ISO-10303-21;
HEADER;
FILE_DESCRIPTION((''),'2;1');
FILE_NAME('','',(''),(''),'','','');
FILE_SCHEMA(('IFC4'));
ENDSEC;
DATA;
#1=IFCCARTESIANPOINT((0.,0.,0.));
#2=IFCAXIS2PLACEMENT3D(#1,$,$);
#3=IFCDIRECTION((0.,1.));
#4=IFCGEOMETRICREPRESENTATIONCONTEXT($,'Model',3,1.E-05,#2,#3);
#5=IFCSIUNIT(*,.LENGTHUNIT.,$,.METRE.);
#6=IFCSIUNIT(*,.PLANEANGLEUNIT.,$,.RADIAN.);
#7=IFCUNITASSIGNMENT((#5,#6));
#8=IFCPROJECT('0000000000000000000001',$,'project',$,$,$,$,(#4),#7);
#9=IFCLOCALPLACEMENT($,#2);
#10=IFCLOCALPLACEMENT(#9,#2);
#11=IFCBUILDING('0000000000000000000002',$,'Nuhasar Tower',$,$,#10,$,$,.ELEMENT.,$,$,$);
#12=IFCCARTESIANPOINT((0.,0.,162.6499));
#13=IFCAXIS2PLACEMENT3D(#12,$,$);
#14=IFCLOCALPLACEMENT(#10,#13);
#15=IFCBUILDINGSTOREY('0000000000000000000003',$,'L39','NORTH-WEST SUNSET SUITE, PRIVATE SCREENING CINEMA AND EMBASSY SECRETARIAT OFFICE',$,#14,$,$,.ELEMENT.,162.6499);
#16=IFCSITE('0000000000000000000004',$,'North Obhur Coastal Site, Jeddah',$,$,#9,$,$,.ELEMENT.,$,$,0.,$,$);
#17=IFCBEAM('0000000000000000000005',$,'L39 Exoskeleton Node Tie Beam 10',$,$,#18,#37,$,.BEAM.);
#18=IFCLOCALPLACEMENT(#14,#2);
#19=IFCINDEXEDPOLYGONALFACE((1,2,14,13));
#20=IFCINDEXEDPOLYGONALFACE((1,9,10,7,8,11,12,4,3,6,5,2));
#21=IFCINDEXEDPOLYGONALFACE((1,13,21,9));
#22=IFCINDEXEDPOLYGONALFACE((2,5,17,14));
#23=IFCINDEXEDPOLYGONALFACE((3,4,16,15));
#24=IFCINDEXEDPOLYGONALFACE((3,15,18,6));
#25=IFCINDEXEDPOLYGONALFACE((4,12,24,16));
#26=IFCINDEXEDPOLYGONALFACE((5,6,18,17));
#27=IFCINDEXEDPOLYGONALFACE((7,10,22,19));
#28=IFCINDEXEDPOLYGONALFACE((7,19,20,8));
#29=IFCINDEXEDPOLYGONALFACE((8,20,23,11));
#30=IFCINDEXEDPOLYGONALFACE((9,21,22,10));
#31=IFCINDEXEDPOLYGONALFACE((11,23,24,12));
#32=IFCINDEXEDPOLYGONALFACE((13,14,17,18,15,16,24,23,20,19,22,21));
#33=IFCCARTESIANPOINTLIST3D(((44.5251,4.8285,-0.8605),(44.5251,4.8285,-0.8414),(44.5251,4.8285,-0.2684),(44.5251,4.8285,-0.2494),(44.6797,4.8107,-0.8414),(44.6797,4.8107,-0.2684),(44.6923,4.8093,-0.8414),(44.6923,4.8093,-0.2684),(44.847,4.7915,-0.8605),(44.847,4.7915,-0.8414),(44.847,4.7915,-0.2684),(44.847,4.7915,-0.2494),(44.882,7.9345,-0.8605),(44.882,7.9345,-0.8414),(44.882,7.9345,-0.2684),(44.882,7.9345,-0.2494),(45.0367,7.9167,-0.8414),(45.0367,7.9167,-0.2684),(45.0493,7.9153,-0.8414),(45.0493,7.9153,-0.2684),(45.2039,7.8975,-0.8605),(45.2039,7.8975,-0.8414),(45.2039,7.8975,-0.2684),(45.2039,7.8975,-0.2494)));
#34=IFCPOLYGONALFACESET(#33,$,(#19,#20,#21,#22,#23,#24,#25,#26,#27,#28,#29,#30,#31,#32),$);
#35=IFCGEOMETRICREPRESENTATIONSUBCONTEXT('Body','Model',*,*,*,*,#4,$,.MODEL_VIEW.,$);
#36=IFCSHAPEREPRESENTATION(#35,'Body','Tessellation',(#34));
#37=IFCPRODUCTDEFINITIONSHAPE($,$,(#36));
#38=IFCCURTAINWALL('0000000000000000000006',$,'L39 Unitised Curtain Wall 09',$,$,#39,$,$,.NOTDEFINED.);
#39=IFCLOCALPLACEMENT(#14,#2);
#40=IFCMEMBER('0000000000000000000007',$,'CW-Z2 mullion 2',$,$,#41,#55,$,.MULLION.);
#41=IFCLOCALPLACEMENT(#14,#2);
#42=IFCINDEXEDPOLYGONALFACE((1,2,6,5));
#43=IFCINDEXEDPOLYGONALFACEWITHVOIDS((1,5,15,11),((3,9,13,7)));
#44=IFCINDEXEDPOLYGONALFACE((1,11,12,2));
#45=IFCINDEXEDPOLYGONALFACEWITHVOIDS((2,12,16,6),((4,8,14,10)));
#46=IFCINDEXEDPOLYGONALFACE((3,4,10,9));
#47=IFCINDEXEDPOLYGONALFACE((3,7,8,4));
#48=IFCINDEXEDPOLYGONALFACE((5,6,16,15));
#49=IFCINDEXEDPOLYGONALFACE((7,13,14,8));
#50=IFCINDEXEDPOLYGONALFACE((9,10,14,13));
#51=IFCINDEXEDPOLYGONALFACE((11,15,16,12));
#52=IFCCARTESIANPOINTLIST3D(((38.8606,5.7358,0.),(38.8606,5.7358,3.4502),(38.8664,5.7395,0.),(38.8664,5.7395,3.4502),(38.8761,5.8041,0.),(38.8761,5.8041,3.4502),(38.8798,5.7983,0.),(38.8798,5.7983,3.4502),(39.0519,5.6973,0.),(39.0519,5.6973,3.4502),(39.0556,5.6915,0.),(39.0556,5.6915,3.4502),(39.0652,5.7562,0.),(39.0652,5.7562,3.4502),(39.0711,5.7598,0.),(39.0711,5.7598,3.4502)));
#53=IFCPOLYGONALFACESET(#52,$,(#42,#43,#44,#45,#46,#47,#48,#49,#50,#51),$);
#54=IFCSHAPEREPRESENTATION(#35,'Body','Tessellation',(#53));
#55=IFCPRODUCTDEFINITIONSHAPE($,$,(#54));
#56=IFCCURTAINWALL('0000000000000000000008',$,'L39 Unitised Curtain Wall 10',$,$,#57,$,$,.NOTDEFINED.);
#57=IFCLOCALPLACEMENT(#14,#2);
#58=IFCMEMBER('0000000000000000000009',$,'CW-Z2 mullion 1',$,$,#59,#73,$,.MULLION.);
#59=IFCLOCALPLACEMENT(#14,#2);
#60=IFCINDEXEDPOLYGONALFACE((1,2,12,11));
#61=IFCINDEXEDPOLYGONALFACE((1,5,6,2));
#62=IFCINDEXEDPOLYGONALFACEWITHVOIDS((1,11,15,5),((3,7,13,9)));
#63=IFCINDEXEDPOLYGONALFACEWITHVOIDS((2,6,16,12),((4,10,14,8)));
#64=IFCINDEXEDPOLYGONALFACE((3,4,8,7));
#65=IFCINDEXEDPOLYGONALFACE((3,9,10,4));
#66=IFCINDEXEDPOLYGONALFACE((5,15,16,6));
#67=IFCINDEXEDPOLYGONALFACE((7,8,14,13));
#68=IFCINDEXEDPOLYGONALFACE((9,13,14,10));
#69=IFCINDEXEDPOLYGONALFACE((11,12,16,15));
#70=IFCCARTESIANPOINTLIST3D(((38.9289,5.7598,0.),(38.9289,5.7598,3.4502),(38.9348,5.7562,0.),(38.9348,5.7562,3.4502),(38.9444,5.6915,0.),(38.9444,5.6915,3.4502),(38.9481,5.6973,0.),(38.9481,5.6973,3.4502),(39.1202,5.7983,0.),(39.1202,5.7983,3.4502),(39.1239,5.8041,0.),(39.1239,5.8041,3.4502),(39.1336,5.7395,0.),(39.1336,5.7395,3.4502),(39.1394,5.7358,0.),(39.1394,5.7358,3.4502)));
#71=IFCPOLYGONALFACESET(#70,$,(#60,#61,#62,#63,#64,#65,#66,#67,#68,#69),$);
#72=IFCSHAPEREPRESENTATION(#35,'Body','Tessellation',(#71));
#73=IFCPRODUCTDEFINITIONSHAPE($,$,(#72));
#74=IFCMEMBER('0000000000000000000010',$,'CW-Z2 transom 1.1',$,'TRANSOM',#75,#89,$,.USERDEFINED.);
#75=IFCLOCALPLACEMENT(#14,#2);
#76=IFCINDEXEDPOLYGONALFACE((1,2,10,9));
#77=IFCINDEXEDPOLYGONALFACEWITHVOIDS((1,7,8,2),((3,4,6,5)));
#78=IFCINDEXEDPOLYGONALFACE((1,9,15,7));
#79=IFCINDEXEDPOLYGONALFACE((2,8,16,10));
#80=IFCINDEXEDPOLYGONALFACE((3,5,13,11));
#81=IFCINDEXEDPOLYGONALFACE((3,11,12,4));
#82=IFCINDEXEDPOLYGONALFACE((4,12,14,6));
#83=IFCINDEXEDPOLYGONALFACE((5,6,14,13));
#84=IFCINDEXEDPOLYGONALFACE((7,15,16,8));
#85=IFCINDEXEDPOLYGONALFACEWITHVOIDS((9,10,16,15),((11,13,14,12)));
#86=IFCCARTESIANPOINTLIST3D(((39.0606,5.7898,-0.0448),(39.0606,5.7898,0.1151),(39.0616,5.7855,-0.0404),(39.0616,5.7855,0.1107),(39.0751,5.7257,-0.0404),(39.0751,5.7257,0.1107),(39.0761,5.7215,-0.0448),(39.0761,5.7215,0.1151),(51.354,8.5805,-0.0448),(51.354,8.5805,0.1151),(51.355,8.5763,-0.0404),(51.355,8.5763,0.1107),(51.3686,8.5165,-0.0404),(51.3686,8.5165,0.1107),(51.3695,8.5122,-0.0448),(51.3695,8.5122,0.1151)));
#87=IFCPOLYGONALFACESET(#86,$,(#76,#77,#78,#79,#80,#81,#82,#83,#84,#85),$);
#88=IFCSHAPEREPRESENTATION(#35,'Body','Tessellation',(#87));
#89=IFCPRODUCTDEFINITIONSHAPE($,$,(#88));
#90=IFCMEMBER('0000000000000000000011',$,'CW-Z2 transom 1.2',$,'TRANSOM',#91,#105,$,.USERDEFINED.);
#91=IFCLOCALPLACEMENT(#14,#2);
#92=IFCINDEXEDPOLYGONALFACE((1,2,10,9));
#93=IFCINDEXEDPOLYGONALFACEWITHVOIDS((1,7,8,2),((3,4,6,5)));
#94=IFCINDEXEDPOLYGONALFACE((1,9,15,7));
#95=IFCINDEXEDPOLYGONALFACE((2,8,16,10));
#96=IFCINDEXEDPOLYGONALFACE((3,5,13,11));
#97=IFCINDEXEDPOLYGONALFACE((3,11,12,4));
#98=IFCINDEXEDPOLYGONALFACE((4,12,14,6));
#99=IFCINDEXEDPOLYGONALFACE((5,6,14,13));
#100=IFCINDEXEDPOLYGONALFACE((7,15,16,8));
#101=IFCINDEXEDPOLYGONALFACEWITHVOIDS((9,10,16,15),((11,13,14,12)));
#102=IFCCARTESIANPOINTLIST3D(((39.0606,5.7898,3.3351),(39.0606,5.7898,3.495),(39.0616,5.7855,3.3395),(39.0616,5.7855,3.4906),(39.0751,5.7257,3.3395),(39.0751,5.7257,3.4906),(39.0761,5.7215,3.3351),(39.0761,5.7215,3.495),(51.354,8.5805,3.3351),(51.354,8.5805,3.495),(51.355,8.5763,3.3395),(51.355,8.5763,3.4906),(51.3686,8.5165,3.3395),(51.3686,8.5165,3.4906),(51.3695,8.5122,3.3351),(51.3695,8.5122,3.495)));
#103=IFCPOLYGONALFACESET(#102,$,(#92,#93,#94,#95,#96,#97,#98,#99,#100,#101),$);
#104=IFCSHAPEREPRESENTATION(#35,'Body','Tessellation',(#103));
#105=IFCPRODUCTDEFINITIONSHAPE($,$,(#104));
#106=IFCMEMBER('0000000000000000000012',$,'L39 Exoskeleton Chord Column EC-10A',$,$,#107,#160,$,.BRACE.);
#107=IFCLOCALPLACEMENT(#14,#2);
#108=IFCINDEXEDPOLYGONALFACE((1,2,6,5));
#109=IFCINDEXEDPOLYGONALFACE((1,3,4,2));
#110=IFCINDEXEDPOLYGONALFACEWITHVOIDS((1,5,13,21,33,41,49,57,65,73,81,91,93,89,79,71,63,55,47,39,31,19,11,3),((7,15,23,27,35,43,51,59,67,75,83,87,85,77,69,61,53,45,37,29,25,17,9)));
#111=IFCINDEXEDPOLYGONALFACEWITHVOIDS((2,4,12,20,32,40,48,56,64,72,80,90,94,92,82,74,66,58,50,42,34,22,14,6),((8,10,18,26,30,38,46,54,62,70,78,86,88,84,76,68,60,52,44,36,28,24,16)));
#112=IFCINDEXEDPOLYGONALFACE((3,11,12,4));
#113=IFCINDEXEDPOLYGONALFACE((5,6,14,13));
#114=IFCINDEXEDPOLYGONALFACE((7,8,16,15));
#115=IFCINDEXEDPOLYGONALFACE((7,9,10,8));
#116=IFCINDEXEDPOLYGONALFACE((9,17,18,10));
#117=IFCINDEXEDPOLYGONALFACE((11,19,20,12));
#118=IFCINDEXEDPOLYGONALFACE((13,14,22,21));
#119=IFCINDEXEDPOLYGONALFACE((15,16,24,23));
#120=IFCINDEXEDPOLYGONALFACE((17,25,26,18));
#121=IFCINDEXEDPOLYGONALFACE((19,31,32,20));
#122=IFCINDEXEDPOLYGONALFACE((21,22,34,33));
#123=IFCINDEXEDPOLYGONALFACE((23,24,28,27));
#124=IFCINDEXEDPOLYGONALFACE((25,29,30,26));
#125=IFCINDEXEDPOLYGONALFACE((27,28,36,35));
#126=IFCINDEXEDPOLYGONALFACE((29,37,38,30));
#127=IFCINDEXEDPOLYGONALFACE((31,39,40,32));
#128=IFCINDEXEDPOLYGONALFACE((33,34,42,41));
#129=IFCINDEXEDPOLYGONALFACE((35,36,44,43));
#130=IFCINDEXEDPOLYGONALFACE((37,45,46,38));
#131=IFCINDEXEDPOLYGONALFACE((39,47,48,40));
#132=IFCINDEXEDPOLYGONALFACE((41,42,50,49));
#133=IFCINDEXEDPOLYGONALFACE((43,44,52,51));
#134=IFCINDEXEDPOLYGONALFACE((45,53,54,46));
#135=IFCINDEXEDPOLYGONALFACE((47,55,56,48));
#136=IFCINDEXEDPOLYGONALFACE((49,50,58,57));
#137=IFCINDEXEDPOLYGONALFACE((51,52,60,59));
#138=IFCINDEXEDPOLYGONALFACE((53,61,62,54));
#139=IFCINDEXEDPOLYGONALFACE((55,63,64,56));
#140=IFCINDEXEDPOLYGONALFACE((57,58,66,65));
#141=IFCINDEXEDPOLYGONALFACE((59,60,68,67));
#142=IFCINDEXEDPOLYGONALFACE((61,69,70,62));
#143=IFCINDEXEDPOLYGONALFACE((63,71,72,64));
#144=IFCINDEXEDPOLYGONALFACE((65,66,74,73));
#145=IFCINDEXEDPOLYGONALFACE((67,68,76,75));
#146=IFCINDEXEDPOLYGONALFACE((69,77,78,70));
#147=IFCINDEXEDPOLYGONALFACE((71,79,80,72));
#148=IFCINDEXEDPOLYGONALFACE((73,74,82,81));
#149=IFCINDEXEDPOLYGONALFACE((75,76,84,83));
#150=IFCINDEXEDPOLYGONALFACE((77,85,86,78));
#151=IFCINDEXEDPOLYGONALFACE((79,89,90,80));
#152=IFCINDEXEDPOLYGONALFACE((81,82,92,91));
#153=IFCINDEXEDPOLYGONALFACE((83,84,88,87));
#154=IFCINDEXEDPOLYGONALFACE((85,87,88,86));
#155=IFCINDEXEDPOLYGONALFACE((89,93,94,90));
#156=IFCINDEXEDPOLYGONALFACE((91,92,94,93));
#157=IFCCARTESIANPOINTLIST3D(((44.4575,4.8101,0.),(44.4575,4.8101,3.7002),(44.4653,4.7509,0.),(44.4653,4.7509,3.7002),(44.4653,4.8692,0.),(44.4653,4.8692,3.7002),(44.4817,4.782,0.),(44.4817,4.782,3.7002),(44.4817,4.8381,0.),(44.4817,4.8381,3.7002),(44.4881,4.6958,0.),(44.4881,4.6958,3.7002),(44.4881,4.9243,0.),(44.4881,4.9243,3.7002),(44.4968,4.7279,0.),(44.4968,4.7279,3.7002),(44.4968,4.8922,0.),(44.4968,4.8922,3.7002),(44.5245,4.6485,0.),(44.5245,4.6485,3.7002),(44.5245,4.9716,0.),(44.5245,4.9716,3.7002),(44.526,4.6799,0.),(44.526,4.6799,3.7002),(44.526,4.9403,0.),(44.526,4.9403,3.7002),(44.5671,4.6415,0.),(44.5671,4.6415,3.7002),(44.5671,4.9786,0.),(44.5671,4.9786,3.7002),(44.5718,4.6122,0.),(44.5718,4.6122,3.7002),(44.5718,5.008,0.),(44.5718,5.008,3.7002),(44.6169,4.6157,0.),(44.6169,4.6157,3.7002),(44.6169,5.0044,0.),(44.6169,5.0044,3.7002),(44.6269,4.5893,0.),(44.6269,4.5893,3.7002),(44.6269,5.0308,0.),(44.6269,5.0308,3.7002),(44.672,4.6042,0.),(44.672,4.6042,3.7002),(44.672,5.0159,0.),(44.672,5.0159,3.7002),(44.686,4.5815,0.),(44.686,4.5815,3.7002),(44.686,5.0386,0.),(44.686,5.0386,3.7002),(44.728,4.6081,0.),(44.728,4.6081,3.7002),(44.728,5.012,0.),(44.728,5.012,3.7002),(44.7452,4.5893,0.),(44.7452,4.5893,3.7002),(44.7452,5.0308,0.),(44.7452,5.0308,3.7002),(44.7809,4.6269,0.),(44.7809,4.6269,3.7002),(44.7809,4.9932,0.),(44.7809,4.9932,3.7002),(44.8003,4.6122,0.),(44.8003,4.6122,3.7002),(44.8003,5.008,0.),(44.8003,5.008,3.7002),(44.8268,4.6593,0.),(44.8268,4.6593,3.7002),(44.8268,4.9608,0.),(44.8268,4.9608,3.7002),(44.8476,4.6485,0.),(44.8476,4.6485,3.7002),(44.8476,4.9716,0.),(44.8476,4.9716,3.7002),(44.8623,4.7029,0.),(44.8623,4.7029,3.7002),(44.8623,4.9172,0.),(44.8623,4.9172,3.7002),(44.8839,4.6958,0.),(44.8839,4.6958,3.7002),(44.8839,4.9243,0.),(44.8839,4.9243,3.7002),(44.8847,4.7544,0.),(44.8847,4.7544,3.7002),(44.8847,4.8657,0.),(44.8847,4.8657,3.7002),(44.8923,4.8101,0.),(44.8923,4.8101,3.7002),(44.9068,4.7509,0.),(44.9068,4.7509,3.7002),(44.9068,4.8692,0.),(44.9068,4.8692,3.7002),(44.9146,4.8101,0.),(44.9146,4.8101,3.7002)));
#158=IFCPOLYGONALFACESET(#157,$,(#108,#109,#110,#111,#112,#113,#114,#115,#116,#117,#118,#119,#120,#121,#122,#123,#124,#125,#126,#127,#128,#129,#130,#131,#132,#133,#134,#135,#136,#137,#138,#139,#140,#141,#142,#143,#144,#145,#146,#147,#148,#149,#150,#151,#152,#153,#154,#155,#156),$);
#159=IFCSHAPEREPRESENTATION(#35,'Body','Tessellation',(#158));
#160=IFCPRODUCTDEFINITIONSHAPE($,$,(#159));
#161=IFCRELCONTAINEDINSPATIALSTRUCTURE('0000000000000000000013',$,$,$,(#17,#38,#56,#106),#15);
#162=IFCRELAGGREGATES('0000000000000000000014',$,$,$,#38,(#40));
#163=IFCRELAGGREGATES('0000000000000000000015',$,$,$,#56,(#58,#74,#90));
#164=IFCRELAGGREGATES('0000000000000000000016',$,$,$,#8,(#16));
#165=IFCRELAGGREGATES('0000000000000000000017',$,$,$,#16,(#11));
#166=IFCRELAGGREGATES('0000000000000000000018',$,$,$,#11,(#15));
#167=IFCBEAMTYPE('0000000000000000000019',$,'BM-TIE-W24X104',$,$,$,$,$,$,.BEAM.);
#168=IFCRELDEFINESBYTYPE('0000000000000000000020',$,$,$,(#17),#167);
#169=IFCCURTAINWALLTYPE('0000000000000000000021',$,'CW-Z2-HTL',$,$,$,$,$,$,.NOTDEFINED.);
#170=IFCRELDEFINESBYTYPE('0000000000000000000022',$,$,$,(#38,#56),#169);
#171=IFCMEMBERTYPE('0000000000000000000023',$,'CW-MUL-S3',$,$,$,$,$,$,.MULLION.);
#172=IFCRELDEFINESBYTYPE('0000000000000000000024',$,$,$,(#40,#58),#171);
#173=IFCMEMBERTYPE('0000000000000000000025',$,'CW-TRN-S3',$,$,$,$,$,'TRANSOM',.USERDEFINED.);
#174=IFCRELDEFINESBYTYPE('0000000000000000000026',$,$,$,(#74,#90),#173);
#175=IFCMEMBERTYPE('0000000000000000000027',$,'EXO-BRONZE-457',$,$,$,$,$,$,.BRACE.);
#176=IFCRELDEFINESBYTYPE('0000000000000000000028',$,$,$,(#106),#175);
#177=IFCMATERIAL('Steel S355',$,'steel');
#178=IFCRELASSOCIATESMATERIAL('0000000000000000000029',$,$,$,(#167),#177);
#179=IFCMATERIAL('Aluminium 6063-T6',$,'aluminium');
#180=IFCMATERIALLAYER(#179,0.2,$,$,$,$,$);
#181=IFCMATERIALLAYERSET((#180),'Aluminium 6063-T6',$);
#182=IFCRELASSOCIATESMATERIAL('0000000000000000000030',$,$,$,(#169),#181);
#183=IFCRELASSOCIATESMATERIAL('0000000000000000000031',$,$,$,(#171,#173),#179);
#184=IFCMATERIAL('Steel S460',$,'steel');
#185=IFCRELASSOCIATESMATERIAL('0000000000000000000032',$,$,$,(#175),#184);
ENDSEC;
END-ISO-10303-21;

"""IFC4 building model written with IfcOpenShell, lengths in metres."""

from ifc_helpers import new_model, si_unit, direction, frame, origin, origin_2d, place, context, subcontext, project, spatial, hollow_rectangle, hollow_circle, i_section, extrude, material, layer, layer_set, material_profile, profile_set, type_object, element, aggregate, save


model = new_model("IFC4")

# Units and contexts
model_context = context("Model", 3, precision=1e-05, world=origin(), true_north=direction((0.0, 1.0)))
body_context = subcontext(model_context, "Body", "Model", "MODEL_VIEW")
ifc_project = project(units=[si_unit("LENGTHUNIT", "METRE"), si_unit("PLANEANGLEUNIT", "RADIAN")], contexts=[model_context])

# Site, building, storey
site_placement = place(None, origin())
site = spatial("IfcSite", under=ifc_project, at=site_placement, Name="North Obhur Coastal Site, Jeddah", CompositionType="ELEMENT", RefElevation=0.0)
building_placement = place(site_placement, origin())
building = spatial("IfcBuilding", under=site, at=building_placement, Name="Nuhasar Tower", CompositionType="ELEMENT")
storey_placement = place(building_placement, frame((0.0, 0.0, 162.6499)))
storey = spatial("IfcBuildingStorey", under=building, at=storey_placement, Name="L39", Description="NORTH-WEST SUNSET SUITE, PRIVATE SCREENING CINEMA AND EMBASSY SECRETARIAT OFFICE", CompositionType="ELEMENT", Elevation=162.6499)

# Beam
ifc_material_1 = material(Name="Steel S355", Category="steel")
ifc_material_profile_1 = material_profile(ifc_material_1, i_section(OverallWidth=0.324, OverallDepth=0.6111, WebThickness=0.0127, FlangeThickness=0.019, at=origin_2d()), Name="W24X104")
ifc_profile_set_1 = profile_set([ifc_material_profile_1], Name="Steel S355")
beam_type_1 = type_object("IfcBeamType", Name="BM-TIE-W24X104", PredefinedType="BEAM", material=ifc_profile_set_1)
beam_1_placement = place(storey_placement, frame((45.043, 7.916, -0.5549), z_axis=(-0.114168, -0.993461, 0.0), x_axis=(0.993461, -0.114168, 0.0)))
element("IfcBeam", 1, at=beam_1_placement, inside=storey, type_object=beam_type_1, Name="L39 Exoskeleton Node Tie Beam 10", PredefinedType="BEAM", context=body_context, shape_type="SweptSolid", body=[
    extrude(i_section(OverallWidth=0.324, OverallDepth=0.6111, WebThickness=0.0127, FlangeThickness=0.019, at=origin_2d()), origin(), (0.0, 0.0, 1.0), 3.1265),
])

# Curtain wall, member
ifc_material_2 = material(Name="Aluminium 6063-T6", Category="aluminium")
ifc_layer_1 = layer(ifc_material_2, 0.2)
ifc_layer_set_1 = layer_set([ifc_layer_1], Name="Aluminium 6063-T6")
curtain_wall_type = type_object("IfcCurtainWallType", Name="CW-Z2-HTL", PredefinedType="NOTDEFINED", material=ifc_layer_set_1)
curtain_wall_1_placement = place(storey_placement, origin())
curtain_wall_1 = element("IfcCurtainWall", 2, at=curtain_wall_1_placement, inside=storey, type_object=curtain_wall_type, Name="L39 Unitised Curtain Wall 09", PredefinedType="NOTDEFINED")
ifc_material_profile_2 = material_profile(ifc_material_2, hollow_rectangle(XDim=0.0701, YDim=0.2, WallThickness=0.0049, at=origin_2d()), Name="CWM-3")
ifc_profile_set_2 = profile_set([ifc_material_profile_2], Name="Aluminium 6063-T6")
member_type_1 = type_object("IfcMemberType", Name="CW-MUL-S3", PredefinedType="MULLION", material=ifc_profile_set_2)
member_1_placement = place(storey_placement, frame((38.9658, 5.7478, 0.0), z_axis=(0.0, 0.0, 1.0), x_axis=(0.221397, 0.975184, 0.0)))
member_1 = element("IfcMember", 3, at=member_1_placement, type_object=member_type_1, Name="CW-Z2 mullion 2", PredefinedType="MULLION", context=body_context, shape_type="SweptSolid", body=[
    extrude(hollow_rectangle(XDim=0.0701, YDim=0.2, WallThickness=0.0049, at=origin_2d()), origin(), (0.0, 0.0, 1.0), 3.4502),
])
aggregate(curtain_wall_1, [member_1])

# Curtain wall, members
curtain_wall_2_placement = place(storey_placement, origin())
curtain_wall_2 = element("IfcCurtainWall", 4, at=curtain_wall_2_placement, inside=storey, type_object=curtain_wall_type, Name="L39 Unitised Curtain Wall 10", PredefinedType="NOTDEFINED")
member_2_placement = place(storey_placement, frame((39.0342, 5.7478, 0.0), z_axis=(0.0, 0.0, 1.0), x_axis=(-0.221397, 0.975184, 0.0)))
member_2 = element("IfcMember", 5, at=member_2_placement, type_object=member_type_1, Name="CW-Z2 mullion 1", PredefinedType="MULLION", context=body_context, shape_type="SweptSolid", body=[
    extrude(hollow_rectangle(XDim=0.0701, YDim=0.2, WallThickness=0.0049, at=origin_2d()), origin(), (0.0, 0.0, 1.0), 3.4502),
])
ifc_material_profile_3 = material_profile(ifc_material_2, hollow_rectangle(XDim=0.0701, YDim=0.1599, WallThickness=0.0044, at=origin_2d()), Name="CWT-3")
ifc_profile_set_3 = profile_set([ifc_material_profile_3], Name="Aluminium 6063-T6")
member_type_2 = type_object("IfcMemberType", Name="CW-TRN-S3", ElementType="TRANSOM", PredefinedType="USERDEFINED", material=ifc_profile_set_3)
member_3_placement = place(storey_placement, frame((39.0684, 5.7556, 0.0352), z_axis=(0.975188, 0.22138, 0.0), x_axis=(-0.22138, 0.975188, 0.0)))
member_3 = element("IfcMember", 6, at=member_3_placement, type_object=member_type_2, Name="CW-Z2 transom 1.1", ObjectType="TRANSOM", PredefinedType="USERDEFINED", context=body_context, shape_type="SweptSolid", body=[
    extrude(hollow_rectangle(XDim=0.0701, YDim=0.1599, WallThickness=0.0044, at=origin_2d()), origin(), (0.0, 0.0, 1.0), 12.6062),
])
member_4_placement = place(storey_placement, frame((39.0684, 5.7556, 3.415), z_axis=(0.975188, 0.22138, 0.0), x_axis=(-0.22138, 0.975188, 0.0)))
member_4 = element("IfcMember", 7, at=member_4_placement, type_object=member_type_2, Name="CW-Z2 transom 1.2", ObjectType="TRANSOM", PredefinedType="USERDEFINED", context=body_context, shape_type="SweptSolid", body=[
    extrude(hollow_rectangle(XDim=0.0701, YDim=0.1599, WallThickness=0.0044, at=origin_2d()), origin(), (0.0, 0.0, 1.0), 12.6062),
])

# Member
ifc_material_3 = material(Name="Steel S460", Category="steel")
ifc_material_profile_4 = material_profile(ifc_material_3, hollow_circle(Radius=0.2285, WallThickness=0.0222, at=origin_2d()), Name="HSS457X22.2")
ifc_profile_set_4 = profile_set([ifc_material_profile_4], Name="Steel S460")
member_type_3 = type_object("IfcMemberType", Name="EXO-BRONZE-457", PredefinedType="BRACE", material=ifc_profile_set_4)
member_5_placement = place(storey_placement, frame((44.686, 4.8101, 0.0), z_axis=(0.0, 0.0, 1.0), x_axis=(1.0, 0.0, 0.0)))
element("IfcMember", 8, at=member_5_placement, inside=storey, type_object=member_type_3, Name="L39 Exoskeleton Chord Column EC-10A", PredefinedType="BRACE", context=body_context, shape_type="SweptSolid", body=[
    extrude(hollow_circle(Radius=0.2285, WallThickness=0.0222, at=origin_2d()), origin(), (0.0, 0.0, 1.0), 3.7002),
])

aggregate(curtain_wall_2, [member_2, member_3, member_4])

save(model, "model.ifc")
